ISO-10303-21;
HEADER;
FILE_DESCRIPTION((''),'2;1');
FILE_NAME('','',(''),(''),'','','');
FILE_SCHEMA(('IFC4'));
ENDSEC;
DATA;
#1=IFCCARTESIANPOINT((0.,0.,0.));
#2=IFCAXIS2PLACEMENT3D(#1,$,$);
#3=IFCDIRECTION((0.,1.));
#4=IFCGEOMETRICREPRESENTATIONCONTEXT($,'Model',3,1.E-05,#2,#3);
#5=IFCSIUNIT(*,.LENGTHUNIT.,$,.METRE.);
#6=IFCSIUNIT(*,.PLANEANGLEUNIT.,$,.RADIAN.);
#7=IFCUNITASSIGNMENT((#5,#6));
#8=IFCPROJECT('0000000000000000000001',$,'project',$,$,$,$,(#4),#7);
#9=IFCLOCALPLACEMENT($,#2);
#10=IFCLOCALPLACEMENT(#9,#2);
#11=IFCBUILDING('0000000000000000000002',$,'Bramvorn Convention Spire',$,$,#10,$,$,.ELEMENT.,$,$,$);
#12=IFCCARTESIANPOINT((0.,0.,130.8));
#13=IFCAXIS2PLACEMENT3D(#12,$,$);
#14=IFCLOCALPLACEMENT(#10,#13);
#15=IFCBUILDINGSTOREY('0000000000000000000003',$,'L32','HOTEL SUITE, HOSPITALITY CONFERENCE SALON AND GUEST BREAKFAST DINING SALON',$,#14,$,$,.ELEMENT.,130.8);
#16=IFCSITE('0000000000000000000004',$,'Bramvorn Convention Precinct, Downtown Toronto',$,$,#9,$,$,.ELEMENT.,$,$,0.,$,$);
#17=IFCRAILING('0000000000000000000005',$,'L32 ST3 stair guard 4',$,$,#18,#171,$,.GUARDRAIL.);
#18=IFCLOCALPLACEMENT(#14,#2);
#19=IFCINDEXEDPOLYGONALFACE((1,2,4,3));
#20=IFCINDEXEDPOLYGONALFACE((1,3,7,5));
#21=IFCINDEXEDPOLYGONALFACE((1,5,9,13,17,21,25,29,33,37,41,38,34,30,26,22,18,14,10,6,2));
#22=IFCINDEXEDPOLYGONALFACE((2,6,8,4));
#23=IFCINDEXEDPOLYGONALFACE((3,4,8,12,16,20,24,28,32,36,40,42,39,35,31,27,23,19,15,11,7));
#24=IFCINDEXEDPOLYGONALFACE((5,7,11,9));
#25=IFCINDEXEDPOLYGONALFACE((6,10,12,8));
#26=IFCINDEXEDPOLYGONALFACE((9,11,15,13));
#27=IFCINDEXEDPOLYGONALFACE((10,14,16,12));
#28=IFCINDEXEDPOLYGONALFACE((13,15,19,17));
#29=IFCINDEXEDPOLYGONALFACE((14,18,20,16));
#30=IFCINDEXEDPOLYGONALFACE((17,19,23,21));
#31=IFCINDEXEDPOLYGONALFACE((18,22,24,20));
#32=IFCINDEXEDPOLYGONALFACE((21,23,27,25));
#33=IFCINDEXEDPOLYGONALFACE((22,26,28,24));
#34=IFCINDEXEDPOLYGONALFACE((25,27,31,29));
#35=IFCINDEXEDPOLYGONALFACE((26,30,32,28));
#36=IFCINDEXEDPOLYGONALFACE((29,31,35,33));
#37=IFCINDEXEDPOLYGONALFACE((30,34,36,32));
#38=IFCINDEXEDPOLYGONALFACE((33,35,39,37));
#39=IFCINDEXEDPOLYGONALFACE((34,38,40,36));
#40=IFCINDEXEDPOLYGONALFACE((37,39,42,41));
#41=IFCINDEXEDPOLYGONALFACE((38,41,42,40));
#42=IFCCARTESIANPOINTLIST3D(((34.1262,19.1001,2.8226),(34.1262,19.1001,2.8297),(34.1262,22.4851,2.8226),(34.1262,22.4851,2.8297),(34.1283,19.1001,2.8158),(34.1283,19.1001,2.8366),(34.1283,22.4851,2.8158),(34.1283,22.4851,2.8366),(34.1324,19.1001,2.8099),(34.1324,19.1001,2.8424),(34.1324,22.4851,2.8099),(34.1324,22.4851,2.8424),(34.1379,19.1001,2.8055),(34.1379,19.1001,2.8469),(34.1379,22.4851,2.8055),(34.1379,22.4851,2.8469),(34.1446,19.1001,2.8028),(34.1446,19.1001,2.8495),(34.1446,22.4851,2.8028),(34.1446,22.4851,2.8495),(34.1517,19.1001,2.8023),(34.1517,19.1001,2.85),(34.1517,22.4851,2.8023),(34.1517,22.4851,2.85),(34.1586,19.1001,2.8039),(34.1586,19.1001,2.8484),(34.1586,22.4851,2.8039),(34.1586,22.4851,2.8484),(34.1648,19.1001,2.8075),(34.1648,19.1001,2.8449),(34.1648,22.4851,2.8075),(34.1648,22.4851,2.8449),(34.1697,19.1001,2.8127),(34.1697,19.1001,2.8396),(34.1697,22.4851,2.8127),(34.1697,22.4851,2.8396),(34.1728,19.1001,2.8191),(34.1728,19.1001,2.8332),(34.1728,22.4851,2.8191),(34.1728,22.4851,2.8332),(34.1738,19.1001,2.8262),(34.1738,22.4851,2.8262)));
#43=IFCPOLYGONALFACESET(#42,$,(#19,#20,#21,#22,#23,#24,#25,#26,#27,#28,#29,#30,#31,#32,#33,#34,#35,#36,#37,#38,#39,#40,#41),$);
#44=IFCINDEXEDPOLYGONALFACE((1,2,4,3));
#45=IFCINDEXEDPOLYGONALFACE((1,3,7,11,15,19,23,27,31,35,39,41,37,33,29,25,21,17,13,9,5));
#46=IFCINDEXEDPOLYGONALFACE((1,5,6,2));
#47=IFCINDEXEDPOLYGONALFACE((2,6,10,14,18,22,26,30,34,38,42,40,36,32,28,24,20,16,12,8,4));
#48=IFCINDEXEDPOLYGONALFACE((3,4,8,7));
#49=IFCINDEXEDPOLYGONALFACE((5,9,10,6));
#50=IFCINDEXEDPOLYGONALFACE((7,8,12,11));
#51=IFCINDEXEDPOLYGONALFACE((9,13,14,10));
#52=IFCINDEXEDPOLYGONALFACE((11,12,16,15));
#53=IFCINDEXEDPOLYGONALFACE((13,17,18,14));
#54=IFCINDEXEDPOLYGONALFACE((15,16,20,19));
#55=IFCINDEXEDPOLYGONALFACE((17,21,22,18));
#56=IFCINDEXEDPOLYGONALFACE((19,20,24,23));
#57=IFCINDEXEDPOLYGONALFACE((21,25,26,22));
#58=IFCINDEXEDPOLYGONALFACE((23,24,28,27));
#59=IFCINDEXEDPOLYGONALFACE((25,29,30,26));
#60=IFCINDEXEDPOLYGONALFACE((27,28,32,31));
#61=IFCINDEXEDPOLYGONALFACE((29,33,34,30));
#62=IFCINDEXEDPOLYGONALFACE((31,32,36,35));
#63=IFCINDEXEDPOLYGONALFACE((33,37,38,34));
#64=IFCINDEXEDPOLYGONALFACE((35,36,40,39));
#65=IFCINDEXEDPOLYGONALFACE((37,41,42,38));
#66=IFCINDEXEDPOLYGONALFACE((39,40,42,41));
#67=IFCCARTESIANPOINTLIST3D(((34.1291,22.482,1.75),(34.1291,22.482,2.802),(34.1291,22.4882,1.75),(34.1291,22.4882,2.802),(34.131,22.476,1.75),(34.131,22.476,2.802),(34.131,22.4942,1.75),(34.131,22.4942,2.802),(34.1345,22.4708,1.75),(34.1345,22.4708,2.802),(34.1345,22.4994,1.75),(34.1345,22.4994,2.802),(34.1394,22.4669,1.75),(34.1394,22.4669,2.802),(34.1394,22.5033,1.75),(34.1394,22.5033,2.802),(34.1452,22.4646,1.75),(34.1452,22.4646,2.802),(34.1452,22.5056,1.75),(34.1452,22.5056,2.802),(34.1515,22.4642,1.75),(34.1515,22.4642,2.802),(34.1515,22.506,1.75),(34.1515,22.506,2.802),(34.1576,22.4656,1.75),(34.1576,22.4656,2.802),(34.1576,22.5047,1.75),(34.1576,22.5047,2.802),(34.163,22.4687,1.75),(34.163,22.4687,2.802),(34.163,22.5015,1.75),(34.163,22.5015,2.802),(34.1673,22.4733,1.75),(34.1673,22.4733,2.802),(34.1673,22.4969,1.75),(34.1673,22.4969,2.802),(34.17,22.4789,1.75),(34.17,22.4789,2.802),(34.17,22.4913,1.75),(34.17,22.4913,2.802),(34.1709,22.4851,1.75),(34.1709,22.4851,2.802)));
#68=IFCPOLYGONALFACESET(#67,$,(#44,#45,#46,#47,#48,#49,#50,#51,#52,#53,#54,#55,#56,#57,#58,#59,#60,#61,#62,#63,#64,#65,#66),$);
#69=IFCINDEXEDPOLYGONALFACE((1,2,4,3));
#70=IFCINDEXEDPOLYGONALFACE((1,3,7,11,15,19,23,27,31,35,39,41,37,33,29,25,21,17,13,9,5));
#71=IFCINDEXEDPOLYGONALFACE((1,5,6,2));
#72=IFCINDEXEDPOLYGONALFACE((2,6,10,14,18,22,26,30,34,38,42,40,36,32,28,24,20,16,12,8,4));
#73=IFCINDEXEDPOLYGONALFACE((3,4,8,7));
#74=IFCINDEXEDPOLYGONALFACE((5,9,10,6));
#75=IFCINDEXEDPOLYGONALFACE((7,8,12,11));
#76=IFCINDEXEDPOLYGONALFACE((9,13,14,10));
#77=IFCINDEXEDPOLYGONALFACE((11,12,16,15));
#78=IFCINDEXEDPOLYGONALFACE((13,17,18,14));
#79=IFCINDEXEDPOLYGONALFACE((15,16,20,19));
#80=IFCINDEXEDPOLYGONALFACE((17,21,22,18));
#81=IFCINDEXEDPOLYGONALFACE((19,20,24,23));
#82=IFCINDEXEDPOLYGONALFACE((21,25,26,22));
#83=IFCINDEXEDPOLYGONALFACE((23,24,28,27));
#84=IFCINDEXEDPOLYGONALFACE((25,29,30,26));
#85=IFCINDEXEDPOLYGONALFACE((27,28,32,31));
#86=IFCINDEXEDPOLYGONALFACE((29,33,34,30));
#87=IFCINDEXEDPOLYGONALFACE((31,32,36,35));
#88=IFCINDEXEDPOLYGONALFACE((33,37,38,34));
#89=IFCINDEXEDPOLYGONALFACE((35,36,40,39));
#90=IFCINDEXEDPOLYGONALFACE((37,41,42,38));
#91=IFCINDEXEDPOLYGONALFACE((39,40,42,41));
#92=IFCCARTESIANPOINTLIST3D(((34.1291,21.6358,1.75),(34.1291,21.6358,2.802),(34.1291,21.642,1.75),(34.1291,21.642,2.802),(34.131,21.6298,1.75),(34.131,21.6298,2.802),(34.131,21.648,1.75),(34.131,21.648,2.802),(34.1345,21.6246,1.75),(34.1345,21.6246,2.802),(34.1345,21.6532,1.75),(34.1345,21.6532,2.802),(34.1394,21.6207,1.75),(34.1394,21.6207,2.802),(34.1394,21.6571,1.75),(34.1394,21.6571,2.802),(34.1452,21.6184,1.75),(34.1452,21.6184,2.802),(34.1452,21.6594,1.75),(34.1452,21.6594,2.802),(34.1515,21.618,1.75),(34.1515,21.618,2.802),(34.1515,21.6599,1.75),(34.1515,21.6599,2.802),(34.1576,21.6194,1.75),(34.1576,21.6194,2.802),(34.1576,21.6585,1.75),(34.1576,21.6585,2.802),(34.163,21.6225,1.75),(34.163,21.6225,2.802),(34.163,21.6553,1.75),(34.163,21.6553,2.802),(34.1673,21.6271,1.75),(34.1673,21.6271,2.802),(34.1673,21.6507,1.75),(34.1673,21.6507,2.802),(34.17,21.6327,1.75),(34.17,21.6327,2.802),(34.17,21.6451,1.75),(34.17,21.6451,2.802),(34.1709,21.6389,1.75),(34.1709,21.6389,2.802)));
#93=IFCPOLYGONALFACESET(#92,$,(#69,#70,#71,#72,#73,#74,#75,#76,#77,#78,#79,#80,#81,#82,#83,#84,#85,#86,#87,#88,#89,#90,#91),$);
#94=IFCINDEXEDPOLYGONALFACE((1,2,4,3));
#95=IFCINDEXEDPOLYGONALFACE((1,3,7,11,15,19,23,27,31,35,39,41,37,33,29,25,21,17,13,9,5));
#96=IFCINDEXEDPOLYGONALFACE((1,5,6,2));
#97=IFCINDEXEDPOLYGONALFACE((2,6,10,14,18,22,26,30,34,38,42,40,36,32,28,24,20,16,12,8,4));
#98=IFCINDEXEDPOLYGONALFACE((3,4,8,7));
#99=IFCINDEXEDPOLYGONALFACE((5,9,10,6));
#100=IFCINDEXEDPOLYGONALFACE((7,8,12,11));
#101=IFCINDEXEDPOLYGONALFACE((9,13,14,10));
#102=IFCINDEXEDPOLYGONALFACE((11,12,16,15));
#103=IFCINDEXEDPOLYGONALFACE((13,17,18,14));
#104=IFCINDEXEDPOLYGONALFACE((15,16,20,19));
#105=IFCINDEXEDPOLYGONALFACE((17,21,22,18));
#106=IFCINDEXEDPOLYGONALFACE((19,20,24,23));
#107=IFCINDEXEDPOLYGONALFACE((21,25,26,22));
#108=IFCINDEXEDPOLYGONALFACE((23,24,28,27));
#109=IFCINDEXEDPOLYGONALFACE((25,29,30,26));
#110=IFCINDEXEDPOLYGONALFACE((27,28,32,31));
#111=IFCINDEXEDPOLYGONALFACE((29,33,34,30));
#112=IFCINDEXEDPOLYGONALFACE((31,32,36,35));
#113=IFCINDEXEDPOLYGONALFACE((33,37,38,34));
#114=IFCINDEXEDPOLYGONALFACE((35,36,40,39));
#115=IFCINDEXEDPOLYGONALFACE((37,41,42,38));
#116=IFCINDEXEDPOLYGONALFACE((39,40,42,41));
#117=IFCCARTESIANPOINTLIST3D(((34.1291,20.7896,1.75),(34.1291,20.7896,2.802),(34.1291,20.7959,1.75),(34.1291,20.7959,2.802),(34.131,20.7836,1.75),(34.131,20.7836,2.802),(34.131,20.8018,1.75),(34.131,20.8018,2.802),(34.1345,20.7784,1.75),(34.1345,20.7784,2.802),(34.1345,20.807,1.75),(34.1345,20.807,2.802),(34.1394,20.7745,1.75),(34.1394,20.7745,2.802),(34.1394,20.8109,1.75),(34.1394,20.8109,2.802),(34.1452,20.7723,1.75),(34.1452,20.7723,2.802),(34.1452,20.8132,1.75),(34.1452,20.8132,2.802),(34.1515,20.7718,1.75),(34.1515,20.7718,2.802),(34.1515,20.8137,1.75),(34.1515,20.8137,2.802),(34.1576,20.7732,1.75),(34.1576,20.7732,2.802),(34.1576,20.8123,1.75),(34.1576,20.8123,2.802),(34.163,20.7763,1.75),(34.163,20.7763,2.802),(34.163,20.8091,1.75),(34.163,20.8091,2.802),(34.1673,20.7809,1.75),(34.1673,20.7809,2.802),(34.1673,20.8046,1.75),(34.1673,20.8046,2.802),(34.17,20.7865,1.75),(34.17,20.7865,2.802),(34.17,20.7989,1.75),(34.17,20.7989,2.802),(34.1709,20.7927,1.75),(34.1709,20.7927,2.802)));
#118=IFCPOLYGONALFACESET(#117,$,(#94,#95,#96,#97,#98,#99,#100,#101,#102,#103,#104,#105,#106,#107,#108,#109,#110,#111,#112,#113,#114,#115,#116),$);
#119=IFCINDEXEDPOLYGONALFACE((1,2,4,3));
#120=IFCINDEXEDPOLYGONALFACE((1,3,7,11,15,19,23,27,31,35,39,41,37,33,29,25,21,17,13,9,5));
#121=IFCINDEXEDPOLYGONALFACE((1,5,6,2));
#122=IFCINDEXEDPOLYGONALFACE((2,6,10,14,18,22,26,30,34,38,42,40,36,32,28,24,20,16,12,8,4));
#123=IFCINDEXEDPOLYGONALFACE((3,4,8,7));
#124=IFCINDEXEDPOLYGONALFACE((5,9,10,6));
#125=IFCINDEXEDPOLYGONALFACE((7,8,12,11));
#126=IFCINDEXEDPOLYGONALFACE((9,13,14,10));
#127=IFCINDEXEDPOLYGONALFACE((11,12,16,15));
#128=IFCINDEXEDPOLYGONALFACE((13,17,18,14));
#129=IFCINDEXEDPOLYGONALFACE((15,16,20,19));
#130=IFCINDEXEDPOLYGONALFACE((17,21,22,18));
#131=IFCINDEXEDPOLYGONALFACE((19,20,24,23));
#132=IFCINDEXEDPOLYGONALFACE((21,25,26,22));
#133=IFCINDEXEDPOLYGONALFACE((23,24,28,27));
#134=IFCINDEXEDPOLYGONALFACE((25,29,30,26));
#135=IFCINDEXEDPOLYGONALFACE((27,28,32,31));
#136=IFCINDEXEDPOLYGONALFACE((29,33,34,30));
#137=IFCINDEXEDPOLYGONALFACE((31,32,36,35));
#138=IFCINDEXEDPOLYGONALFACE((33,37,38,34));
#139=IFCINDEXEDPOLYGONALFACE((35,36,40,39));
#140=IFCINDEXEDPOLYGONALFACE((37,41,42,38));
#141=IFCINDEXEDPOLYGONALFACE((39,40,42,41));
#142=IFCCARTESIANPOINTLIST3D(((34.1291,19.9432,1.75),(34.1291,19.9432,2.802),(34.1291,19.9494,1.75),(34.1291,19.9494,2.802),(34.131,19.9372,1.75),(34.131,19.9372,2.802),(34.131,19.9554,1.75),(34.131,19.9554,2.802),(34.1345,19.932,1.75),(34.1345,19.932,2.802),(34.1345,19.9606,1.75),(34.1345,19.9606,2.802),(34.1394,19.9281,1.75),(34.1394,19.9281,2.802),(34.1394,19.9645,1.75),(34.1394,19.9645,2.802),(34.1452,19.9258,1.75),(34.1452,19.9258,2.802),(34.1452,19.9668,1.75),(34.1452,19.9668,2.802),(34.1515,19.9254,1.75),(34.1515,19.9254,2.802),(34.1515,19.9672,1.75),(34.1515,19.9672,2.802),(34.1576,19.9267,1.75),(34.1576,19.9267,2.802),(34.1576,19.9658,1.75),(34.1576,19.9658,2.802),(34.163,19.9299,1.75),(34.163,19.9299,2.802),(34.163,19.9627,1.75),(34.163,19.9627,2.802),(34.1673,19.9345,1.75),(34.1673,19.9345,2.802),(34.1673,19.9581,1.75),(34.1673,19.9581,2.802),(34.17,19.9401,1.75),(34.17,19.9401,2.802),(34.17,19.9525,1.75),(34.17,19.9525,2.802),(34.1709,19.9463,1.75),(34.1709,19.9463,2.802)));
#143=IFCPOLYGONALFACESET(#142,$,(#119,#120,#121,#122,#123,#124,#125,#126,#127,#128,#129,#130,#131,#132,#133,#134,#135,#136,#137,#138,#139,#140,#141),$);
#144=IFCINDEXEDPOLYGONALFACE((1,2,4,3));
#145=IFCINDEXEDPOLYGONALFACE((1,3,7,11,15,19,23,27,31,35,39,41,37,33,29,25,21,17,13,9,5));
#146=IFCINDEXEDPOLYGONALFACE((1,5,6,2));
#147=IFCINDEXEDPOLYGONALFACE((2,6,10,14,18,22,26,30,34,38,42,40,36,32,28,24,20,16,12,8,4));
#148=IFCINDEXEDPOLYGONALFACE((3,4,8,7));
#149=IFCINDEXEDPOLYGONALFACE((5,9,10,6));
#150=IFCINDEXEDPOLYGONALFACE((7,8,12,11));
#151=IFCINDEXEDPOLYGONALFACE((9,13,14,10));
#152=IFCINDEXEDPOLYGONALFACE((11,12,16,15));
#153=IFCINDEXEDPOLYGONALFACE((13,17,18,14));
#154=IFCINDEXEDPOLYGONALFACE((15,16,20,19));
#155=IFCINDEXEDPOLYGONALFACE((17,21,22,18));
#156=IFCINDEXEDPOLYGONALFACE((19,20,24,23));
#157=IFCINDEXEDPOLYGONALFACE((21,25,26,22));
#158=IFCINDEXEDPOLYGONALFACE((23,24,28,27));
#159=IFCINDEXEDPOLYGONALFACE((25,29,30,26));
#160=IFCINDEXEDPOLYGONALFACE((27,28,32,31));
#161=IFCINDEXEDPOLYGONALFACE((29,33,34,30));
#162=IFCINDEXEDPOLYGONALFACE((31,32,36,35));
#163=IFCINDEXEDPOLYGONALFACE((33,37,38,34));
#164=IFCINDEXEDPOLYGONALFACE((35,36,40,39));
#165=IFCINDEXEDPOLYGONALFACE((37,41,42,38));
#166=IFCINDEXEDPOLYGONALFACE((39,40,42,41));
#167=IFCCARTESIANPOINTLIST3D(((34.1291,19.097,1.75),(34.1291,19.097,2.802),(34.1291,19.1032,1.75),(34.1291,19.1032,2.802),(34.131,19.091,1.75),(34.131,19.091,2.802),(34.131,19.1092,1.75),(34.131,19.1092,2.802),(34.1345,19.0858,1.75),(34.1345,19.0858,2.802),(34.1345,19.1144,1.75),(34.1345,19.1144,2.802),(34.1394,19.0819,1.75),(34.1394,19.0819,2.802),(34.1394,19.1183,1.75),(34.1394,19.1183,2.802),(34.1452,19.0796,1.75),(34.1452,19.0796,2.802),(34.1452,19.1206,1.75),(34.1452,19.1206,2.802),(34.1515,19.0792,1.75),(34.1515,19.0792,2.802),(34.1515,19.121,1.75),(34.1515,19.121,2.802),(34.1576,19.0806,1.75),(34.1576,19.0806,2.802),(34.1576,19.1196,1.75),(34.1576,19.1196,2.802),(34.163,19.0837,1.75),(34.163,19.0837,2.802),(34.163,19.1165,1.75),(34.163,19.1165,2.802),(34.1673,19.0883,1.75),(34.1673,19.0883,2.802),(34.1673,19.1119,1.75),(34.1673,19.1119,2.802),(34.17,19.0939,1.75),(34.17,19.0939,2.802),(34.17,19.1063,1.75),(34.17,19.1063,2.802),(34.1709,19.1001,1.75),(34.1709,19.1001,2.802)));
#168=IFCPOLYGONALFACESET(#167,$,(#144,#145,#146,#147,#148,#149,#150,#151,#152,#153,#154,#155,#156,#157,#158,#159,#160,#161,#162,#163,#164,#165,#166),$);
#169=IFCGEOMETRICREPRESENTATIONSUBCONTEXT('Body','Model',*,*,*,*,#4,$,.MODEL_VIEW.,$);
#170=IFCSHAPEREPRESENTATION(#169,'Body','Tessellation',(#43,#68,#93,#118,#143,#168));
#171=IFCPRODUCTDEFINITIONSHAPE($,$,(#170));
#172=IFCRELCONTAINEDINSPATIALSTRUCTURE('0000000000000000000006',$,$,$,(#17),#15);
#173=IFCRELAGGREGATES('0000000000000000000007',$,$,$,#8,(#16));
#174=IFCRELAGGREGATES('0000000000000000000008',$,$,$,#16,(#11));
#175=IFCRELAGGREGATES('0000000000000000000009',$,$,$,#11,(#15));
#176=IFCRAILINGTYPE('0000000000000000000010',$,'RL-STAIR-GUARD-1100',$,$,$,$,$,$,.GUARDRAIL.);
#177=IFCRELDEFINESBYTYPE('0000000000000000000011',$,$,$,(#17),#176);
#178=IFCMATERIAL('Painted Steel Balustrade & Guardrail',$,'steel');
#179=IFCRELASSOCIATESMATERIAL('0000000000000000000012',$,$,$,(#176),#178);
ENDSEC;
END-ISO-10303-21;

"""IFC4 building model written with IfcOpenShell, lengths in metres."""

from ifc_helpers import new_model, si_unit, direction, frame, origin, origin_2d, place, context, subcontext, project, spatial, circle, extrude, material, type_object, element, save


model = new_model("IFC4")

# Units and contexts
model_context = context("Model", 3, precision=1e-05, world=origin(), true_north=direction((0.0, 1.0)))
body_context = subcontext(model_context, "Body", "Model", "MODEL_VIEW")
ifc_project = project(units=[si_unit("LENGTHUNIT", "METRE"), si_unit("PLANEANGLEUNIT", "RADIAN")], contexts=[model_context])

# Site, building, storey
site_placement = place(None, origin())
site = spatial("IfcSite", under=ifc_project, at=site_placement, Name="Bramvorn Convention Precinct, Downtown Toronto", CompositionType="ELEMENT", RefElevation=0.0)
building_placement = place(site_placement, origin())
building = spatial("IfcBuilding", under=site, at=building_placement, Name="Bramvorn Convention Spire", CompositionType="ELEMENT")
storey_placement = place(building_placement, frame((0.0, 0.0, 130.8)))
storey = spatial("IfcBuildingStorey", under=building, at=storey_placement, Name="L32", Description="HOTEL SUITE, HOSPITALITY CONFERENCE SALON AND GUEST BREAKFAST DINING SALON", CompositionType="ELEMENT", Elevation=130.8)

# Railing
ifc_material_1 = material(Name="Painted Steel Balustrade & Guardrail", Category="steel")
railing_type_1 = type_object("IfcRailingType", Name="RL-STAIR-GUARD-1100", PredefinedType="GUARDRAIL", material=ifc_material_1)
for number, where, name in (
    (1, (34.1499, 22.4851, 1.75), "L32 ST3 stair guard 4"),
):
    element("IfcRailing", number, at=place(storey_placement, frame(where)), inside=storey, type_object=railing_type_1, Name=name, PredefinedType="GUARDRAIL", context=body_context, shape_type="SweptSolid", body=[
        extrude(circle(Radius=0.0239, at=origin_2d()), frame((0.0, 0.0, 1.0762), z_axis=(0.0, -1.0, 0.0), x_axis=(1.0, 0.0, 0.0)), (0.0, 0.0, 1.0), 3.385),
        extrude(circle(Radius=0.021, at=origin_2d()), origin(), (0.0, 0.0, 1.0), 1.052),
        extrude(circle(Radius=0.021, at=origin_2d()), frame((0.0, -0.8462, 0.0)), (0.0, 0.0, 1.0), 1.052),
        extrude(circle(Radius=0.021, at=origin_2d()), frame((0.0, -1.6924, 0.0)), (0.0, 0.0, 1.0), 1.052),
        extrude(circle(Radius=0.021, at=origin_2d()), frame((0.0, -2.5388, 0.0)), (0.0, 0.0, 1.0), 1.052),
        extrude(circle(Radius=0.021, at=origin_2d()), frame((0.0, -3.385, 0.0)), (0.0, 0.0, 1.0), 1.052),
    ])

save(model, "model.ifc")
